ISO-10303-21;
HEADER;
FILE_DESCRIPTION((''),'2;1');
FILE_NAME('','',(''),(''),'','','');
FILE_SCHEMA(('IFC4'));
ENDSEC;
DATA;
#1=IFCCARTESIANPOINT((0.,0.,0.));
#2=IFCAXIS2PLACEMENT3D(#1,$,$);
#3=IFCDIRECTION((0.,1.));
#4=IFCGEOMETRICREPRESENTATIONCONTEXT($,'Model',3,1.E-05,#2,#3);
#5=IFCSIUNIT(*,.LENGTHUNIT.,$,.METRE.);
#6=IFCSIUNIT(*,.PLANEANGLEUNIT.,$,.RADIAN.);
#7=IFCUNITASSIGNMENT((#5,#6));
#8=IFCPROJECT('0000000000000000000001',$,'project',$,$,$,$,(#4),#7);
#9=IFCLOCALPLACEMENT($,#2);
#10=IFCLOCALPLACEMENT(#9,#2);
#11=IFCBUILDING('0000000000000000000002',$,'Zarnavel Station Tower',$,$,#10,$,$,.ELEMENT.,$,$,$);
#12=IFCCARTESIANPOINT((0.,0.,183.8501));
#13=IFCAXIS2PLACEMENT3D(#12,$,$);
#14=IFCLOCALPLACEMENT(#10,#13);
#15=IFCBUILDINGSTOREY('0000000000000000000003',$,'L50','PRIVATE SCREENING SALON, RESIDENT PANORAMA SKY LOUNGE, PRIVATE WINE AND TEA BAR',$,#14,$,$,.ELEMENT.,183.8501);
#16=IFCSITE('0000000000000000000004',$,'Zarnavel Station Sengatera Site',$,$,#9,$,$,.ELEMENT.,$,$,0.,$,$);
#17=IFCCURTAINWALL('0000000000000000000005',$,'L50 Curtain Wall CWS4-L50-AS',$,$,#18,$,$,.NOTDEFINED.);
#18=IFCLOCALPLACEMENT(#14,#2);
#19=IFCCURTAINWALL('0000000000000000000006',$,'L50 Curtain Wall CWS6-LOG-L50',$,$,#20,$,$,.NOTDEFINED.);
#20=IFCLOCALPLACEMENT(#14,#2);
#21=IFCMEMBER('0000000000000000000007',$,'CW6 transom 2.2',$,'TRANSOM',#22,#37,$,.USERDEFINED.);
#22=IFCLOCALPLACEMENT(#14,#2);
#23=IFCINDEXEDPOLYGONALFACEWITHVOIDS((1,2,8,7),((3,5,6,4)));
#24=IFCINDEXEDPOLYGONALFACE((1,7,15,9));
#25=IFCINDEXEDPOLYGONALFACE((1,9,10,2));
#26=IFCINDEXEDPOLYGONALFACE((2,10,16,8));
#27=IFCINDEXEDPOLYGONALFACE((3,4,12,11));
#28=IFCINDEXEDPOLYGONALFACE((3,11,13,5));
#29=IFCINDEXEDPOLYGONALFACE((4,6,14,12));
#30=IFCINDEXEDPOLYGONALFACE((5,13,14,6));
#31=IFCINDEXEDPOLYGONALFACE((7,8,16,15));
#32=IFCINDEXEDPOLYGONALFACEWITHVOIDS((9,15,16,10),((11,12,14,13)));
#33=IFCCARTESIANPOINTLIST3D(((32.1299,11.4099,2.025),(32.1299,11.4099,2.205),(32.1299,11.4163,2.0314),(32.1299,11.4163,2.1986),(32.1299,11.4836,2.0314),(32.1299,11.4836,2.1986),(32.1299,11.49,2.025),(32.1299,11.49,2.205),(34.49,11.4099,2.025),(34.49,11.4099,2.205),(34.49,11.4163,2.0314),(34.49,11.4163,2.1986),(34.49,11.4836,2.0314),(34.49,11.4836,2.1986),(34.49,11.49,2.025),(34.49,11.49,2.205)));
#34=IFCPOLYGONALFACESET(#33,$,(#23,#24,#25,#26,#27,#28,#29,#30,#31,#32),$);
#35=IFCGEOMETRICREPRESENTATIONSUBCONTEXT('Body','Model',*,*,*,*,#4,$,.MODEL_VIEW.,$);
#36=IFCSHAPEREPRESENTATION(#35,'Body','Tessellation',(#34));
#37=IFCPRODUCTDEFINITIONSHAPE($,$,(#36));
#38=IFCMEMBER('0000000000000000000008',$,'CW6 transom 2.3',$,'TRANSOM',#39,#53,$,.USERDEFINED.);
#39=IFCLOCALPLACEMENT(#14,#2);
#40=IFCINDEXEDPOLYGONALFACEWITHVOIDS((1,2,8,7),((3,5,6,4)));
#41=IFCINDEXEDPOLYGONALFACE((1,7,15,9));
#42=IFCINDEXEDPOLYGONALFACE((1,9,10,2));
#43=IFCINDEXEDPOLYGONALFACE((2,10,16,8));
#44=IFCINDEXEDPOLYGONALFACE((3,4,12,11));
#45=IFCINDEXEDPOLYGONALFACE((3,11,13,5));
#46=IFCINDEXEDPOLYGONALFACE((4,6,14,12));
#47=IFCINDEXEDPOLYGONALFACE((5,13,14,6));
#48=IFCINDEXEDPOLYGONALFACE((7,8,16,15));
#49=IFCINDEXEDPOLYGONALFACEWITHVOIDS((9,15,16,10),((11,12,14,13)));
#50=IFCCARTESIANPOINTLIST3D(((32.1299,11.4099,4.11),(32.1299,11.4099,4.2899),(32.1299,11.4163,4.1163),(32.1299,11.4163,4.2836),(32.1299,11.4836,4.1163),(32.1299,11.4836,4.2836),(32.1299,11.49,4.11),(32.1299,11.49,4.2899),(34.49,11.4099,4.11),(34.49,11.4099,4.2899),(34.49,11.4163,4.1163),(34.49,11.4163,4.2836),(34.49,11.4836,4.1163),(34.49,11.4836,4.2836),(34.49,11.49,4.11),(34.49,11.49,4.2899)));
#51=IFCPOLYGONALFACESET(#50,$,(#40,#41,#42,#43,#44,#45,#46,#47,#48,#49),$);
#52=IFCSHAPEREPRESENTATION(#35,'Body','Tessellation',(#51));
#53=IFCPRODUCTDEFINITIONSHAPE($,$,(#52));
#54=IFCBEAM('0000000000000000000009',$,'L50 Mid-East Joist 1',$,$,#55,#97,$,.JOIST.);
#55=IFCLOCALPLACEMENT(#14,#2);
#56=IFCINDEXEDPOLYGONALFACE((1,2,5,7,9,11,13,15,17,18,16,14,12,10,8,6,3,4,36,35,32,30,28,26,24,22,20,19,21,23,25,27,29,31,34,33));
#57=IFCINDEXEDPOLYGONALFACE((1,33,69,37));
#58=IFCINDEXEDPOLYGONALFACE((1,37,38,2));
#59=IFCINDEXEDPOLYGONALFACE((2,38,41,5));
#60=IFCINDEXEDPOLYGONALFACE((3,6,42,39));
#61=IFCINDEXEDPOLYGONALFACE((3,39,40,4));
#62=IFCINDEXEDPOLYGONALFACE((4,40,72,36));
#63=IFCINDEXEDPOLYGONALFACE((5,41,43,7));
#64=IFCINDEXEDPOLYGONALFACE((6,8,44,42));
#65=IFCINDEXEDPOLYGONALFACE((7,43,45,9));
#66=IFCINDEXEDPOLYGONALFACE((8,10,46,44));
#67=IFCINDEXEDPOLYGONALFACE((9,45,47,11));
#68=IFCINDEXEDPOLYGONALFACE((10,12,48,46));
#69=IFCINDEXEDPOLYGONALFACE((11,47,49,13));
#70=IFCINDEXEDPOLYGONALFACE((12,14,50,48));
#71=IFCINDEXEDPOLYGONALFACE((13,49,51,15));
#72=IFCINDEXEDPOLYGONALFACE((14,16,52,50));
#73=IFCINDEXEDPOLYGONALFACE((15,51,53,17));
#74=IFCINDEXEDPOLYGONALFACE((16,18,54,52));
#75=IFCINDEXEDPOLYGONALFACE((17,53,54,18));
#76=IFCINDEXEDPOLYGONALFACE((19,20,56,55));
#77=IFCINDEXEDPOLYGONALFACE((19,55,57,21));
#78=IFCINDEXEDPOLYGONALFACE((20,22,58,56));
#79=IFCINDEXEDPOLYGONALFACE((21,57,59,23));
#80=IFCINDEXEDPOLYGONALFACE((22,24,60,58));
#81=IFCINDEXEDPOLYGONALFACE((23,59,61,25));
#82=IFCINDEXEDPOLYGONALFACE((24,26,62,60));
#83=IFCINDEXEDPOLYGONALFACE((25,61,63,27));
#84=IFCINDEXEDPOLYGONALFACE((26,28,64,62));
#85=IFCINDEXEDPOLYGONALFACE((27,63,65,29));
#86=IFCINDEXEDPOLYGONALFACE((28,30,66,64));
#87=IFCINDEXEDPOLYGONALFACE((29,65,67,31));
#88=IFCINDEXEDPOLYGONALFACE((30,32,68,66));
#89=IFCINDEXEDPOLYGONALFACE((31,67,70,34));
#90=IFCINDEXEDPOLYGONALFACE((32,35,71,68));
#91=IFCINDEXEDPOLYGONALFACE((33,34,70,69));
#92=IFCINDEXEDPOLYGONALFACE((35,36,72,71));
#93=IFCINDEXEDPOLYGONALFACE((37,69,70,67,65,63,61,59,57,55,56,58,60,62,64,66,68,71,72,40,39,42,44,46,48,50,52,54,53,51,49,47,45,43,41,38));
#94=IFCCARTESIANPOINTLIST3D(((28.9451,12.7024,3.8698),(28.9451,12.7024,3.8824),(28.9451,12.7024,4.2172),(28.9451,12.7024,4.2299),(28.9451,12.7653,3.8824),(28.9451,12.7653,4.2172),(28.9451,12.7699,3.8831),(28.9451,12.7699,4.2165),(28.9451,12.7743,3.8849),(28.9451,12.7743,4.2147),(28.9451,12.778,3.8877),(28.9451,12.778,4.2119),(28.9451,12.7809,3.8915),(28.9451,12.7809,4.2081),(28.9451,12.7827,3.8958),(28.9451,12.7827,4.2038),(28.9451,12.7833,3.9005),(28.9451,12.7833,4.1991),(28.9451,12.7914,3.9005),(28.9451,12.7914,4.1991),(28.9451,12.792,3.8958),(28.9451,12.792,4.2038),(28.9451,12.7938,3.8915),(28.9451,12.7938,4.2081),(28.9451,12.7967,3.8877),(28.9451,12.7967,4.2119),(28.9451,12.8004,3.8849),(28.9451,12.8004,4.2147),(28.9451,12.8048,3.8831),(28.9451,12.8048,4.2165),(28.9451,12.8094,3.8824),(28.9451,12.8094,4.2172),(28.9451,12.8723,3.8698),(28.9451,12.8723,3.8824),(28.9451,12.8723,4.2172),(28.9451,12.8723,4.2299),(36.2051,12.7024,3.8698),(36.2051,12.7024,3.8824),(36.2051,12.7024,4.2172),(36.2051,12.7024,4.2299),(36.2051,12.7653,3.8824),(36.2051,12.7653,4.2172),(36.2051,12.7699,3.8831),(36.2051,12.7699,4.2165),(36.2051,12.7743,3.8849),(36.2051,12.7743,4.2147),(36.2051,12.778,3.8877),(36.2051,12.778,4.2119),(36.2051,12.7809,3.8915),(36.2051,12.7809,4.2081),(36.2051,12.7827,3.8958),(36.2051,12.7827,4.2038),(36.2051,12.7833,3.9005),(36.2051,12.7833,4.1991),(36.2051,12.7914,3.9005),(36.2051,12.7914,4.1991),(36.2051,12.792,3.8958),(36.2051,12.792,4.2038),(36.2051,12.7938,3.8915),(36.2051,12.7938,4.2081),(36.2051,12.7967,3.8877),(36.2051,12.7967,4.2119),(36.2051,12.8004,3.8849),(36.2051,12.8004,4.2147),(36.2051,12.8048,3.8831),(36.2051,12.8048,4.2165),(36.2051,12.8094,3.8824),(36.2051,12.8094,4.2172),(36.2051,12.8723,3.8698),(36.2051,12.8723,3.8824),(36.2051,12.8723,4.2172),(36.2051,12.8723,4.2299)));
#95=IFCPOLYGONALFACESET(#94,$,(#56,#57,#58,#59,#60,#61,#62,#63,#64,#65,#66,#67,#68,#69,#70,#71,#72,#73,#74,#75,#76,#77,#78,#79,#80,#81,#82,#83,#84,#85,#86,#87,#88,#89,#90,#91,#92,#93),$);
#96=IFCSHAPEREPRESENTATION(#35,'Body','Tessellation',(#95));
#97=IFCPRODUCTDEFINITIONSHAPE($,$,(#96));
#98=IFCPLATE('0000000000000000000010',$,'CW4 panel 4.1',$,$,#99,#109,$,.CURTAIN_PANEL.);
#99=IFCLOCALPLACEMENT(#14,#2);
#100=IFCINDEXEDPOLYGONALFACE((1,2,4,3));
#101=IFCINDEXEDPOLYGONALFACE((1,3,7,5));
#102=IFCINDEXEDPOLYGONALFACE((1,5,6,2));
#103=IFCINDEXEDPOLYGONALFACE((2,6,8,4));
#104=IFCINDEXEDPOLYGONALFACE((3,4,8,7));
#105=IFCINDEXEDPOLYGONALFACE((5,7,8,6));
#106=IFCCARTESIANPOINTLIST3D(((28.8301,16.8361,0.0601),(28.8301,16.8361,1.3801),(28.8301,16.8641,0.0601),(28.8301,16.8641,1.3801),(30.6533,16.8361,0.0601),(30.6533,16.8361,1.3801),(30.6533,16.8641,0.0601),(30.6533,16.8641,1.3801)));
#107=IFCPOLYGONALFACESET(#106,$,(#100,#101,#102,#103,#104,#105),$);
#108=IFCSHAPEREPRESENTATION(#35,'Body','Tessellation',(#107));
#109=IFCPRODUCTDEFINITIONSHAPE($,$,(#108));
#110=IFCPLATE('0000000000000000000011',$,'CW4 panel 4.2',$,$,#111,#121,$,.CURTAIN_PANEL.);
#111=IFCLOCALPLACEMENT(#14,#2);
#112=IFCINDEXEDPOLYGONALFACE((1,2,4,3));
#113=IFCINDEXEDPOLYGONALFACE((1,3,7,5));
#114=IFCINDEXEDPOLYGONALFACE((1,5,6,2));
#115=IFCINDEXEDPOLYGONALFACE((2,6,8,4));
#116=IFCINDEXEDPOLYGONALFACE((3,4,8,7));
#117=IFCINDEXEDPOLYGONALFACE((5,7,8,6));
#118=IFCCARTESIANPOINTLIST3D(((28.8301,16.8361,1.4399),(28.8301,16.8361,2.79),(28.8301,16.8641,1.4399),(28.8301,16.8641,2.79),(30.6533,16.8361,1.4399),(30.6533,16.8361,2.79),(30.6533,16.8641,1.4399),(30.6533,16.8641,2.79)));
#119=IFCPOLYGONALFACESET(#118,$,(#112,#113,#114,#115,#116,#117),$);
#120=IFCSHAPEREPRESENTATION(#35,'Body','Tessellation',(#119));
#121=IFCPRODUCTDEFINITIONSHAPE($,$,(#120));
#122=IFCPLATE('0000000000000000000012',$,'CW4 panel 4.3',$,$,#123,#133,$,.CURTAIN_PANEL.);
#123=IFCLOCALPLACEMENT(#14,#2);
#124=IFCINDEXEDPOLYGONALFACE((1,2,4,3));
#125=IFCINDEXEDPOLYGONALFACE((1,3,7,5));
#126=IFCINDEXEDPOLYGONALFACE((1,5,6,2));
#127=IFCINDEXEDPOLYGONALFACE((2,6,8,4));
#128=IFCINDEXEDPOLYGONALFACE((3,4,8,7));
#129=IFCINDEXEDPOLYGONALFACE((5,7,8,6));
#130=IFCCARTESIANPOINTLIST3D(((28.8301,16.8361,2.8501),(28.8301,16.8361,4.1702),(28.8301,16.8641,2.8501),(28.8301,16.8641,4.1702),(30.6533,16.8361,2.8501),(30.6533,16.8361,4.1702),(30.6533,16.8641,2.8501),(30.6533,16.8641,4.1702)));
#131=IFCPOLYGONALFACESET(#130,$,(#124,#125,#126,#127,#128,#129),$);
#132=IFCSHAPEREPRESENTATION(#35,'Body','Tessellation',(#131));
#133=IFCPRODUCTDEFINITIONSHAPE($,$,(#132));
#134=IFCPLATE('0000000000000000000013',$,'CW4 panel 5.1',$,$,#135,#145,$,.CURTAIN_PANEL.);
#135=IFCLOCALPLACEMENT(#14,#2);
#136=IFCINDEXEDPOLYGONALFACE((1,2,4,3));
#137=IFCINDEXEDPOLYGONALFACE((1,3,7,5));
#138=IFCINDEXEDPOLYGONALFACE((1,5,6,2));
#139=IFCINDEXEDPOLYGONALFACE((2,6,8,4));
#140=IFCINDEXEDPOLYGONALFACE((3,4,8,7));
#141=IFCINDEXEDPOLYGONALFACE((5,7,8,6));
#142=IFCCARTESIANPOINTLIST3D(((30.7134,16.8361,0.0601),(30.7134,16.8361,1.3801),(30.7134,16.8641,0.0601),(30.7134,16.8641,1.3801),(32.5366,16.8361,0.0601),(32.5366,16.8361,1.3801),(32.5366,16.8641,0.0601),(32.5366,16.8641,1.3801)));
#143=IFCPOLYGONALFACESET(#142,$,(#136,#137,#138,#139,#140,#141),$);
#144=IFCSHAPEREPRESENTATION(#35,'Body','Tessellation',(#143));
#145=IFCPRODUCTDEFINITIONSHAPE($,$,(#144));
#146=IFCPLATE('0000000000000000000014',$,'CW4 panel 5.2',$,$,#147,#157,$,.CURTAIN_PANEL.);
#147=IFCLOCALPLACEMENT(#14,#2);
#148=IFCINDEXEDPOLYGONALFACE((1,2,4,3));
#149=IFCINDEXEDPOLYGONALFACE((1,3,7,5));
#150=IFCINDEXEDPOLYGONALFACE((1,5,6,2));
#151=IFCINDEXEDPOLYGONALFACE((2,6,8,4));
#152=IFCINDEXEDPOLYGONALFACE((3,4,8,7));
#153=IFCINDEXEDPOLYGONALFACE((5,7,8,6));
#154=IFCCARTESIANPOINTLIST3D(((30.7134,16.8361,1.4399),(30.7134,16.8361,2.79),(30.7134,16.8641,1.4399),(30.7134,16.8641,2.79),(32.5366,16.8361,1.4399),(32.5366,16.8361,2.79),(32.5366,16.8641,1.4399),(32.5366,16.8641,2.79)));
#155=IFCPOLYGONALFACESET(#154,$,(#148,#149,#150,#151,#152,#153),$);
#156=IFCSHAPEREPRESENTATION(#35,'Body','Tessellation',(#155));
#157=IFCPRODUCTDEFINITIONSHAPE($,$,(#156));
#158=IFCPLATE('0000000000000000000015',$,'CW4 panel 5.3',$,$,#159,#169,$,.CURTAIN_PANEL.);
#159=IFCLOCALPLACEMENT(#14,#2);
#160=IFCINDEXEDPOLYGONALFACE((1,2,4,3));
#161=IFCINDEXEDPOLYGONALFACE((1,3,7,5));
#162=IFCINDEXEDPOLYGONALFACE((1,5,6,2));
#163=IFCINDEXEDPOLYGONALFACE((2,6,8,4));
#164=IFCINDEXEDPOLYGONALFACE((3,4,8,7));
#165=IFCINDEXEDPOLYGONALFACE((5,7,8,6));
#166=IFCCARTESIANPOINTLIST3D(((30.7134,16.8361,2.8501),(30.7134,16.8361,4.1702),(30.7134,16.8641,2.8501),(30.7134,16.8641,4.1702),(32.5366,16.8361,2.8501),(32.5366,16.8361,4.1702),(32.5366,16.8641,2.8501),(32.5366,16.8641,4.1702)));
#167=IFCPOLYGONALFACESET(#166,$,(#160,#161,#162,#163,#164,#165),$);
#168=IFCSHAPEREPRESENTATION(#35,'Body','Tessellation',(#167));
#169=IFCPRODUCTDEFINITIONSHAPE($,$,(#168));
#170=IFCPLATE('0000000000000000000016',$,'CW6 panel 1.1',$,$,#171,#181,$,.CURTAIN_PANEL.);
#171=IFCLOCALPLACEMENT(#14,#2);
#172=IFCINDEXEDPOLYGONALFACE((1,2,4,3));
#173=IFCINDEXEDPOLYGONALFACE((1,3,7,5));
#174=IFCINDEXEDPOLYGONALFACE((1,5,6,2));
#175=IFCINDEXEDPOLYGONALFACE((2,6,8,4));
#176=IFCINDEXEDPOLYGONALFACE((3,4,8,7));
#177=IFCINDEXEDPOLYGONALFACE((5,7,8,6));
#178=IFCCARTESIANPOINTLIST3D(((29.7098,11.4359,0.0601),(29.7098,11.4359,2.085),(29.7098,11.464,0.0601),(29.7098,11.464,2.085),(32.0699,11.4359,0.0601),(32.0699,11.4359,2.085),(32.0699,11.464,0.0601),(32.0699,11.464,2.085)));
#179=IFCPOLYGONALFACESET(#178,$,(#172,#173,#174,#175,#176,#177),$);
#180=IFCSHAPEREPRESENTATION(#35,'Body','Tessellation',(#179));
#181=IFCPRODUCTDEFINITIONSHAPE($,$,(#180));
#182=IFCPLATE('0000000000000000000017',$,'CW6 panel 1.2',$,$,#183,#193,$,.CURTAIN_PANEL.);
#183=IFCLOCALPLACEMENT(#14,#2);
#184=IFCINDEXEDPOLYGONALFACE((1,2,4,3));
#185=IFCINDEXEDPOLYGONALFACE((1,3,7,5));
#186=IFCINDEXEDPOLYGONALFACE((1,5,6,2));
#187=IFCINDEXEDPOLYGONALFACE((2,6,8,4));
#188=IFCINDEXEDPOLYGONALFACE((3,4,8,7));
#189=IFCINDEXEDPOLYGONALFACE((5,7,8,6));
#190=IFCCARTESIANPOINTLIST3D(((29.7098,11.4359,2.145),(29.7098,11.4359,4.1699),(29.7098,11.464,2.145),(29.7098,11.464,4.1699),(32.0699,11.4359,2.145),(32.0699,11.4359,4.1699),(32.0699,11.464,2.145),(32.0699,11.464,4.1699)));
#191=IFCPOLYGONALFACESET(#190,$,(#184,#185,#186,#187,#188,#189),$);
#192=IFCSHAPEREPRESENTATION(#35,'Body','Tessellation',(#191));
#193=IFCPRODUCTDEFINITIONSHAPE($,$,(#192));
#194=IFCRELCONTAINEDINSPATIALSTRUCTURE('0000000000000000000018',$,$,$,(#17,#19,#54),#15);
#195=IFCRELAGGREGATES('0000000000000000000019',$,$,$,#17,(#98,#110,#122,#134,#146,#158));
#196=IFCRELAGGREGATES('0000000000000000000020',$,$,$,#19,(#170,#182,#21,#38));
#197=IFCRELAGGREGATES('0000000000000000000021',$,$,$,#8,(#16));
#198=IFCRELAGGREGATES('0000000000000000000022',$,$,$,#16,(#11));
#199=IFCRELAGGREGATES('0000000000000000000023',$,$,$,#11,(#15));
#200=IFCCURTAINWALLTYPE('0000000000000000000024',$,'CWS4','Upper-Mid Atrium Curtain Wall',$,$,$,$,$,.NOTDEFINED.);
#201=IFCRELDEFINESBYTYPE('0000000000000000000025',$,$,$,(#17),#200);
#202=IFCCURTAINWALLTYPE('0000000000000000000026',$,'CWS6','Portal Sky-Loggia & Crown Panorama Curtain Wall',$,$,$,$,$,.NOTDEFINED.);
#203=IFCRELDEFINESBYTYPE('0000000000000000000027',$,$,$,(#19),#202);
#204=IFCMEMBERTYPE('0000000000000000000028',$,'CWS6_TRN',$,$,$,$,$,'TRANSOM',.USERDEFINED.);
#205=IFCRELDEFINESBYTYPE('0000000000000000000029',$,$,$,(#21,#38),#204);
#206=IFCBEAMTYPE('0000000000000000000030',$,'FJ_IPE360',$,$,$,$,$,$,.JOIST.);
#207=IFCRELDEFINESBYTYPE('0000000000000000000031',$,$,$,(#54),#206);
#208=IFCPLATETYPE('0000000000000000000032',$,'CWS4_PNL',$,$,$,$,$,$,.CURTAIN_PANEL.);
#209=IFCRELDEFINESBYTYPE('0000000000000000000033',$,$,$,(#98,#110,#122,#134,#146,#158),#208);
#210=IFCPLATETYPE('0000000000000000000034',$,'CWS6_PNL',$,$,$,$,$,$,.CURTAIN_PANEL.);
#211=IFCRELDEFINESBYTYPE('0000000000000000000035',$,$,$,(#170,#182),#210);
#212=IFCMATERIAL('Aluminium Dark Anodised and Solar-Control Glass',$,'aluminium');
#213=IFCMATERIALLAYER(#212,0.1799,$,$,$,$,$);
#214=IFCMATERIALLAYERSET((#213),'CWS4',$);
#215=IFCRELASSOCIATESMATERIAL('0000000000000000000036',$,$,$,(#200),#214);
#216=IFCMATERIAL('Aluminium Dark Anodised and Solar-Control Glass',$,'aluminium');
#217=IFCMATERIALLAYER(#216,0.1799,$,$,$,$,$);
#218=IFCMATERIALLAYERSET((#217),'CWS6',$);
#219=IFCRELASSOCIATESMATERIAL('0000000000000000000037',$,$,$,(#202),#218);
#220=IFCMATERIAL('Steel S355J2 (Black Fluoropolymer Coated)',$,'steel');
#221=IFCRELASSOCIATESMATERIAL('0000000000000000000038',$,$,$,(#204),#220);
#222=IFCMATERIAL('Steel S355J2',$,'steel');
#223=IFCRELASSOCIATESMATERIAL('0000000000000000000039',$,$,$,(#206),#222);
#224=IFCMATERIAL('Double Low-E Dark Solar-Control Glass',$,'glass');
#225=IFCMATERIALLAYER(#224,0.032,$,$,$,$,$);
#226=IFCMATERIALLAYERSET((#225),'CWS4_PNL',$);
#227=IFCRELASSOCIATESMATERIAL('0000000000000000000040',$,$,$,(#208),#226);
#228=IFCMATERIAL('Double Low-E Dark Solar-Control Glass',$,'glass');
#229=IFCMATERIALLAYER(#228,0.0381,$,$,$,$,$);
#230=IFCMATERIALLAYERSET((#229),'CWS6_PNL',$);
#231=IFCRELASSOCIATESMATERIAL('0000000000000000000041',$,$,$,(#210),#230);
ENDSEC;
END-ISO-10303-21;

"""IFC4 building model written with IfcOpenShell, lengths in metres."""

from ifc_helpers import new_model, si_unit, direction, frame, origin, origin_2d, place, context, subcontext, project, spatial, rectangle, hollow_rectangle, i_section, extrude, material, layer, layer_set, material_profile, profile_set, type_object, element, aggregate, save


model = new_model("IFC4")

# Units and contexts
model_context = context("Model", 3, precision=1e-05, world=origin(), true_north=direction((0.0, 1.0)))
body_context = subcontext(model_context, "Body", "Model", "MODEL_VIEW")
ifc_project = project(units=[si_unit("LENGTHUNIT", "METRE"), si_unit("PLANEANGLEUNIT", "RADIAN")], contexts=[model_context])

# Site, building, storey
site_placement = place(None, origin())
site = spatial("IfcSite", under=ifc_project, at=site_placement, Name="Zarnavel Station Sengatera Site", CompositionType="ELEMENT", RefElevation=0.0)
building_placement = place(site_placement, origin())
building = spatial("IfcBuilding", under=site, at=building_placement, Name="Zarnavel Station Tower", CompositionType="ELEMENT")
storey_placement = place(building_placement, frame((0.0, 0.0, 183.8501)))
storey = spatial("IfcBuildingStorey", under=building, at=storey_placement, Name="L50", Description="PRIVATE SCREENING SALON, RESIDENT PANORAMA SKY LOUNGE, PRIVATE WINE AND TEA BAR", CompositionType="ELEMENT", Elevation=183.8501)

# Curtain walls, members
ifc_material_1 = material(Name="Aluminium Dark Anodised and Solar-Control Glass", Category="aluminium")
ifc_layer_1 = layer(ifc_material_1, 0.1799)
ifc_layer_set_1 = layer_set([ifc_layer_1], Name="CWS4")
curtain_wall_type_1 = type_object("IfcCurtainWallType", Name="CWS4", Description="Upper-Mid Atrium Curtain Wall", PredefinedType="NOTDEFINED", material=ifc_layer_set_1)
curtain_wall_1_placement = place(storey_placement, origin())
curtain_wall_1 = element("IfcCurtainWall", 1, at=curtain_wall_1_placement, inside=storey, type_object=curtain_wall_type_1, Name="L50 Curtain Wall CWS4-L50-AS", PredefinedType="NOTDEFINED")
ifc_material_2 = material(Name="Aluminium Dark Anodised and Solar-Control Glass", Category="aluminium")
ifc_layer_2 = layer(ifc_material_2, 0.1799)
ifc_layer_set_2 = layer_set([ifc_layer_2], Name="CWS6")
curtain_wall_type_2 = type_object("IfcCurtainWallType", Name="CWS6", Description="Portal Sky-Loggia & Crown Panorama Curtain Wall", PredefinedType="NOTDEFINED", material=ifc_layer_set_2)
curtain_wall_2_placement = place(storey_placement, origin())
curtain_wall_2 = element("IfcCurtainWall", 2, at=curtain_wall_2_placement, inside=storey, type_object=curtain_wall_type_2, Name="L50 Curtain Wall CWS6-LOG-L50", PredefinedType="NOTDEFINED")
ifc_material_3 = material(Name="Steel S355J2 (Black Fluoropolymer Coated)", Category="steel")
ifc_material_profile_1 = material_profile(ifc_material_3, hollow_rectangle(XDim=0.0801, YDim=0.1799, WallThickness=0.0063, at=origin_2d()), Name="RHS180x80x6.3")
ifc_profile_set_1 = profile_set([ifc_material_profile_1], Name="Steel S355J2 (Black Fluoropolymer Coated)")
member_type_1 = type_object("IfcMemberType", Name="CWS6_TRN", ElementType="TRANSOM", PredefinedType="USERDEFINED", material=ifc_profile_set_1)
member_1_placement = place(storey_placement, frame((32.1299, 11.45, 2.115), z_axis=(1.0, 0.0, 0.0), x_axis=(0.0, 1.0, 0.0)))
member_1 = element("IfcMember", 3, at=member_1_placement, type_object=member_type_1, Name="CW6 transom 2.2", ObjectType="TRANSOM", PredefinedType="USERDEFINED", context=body_context, shape_type="SweptSolid", body=[
    extrude(hollow_rectangle(XDim=0.0801, YDim=0.1799, WallThickness=0.0063, at=origin_2d()), origin(), (0.0, 0.0, 1.0), 2.3601),
])
member_2_placement = place(storey_placement, frame((32.1299, 11.45, 4.2), z_axis=(1.0, 0.0, 0.0), x_axis=(0.0, 1.0, 0.0)))
member_2 = element("IfcMember", 4, at=member_2_placement, type_object=member_type_1, Name="CW6 transom 2.3", ObjectType="TRANSOM", PredefinedType="USERDEFINED", context=body_context, shape_type="SweptSolid", body=[
    extrude(hollow_rectangle(XDim=0.0801, YDim=0.1799, WallThickness=0.0063, at=origin_2d()), origin(), (0.0, 0.0, 1.0), 2.3601),
])

# Beam
ifc_material_4 = material(Name="Steel S355J2", Category="steel")
ifc_material_profile_2 = material_profile(ifc_material_4, i_section(OverallWidth=0.1699, OverallDepth=0.3601, WebThickness=0.0081, FlangeThickness=0.0127, FilletRadius=0.0181, at=origin_2d()), Name="IPE360")
ifc_profile_set_2 = profile_set([ifc_material_profile_2], Name="Steel S355J2")
beam_type = type_object("IfcBeamType", Name="FJ_IPE360", PredefinedType="JOIST", material=ifc_profile_set_2)
beam_placement = place(storey_placement, frame((28.9451, 12.7874, 4.0498), z_axis=(1.0, 0.0, 0.0), x_axis=(0.0, 1.0, 0.0)))
element("IfcBeam", 5, at=beam_placement, inside=storey, type_object=beam_type, Name="L50 Mid-East Joist 1", PredefinedType="JOIST", context=body_context, shape_type="SweptSolid", body=[
    extrude(i_section(OverallWidth=0.1699, OverallDepth=0.3601, WebThickness=0.0081, FlangeThickness=0.0127, FilletRadius=0.0181, at=origin_2d()), origin(), (0.0, 0.0, 1.0), 7.26),
])

# Plates
ifc_material_5 = material(Name="Double Low-E Dark Solar-Control Glass", Category="glass")
ifc_layer_3 = layer(ifc_material_5, 0.032)
ifc_layer_set_3 = layer_set([ifc_layer_3], Name="CWS4_PNL")
plate_type_1 = type_object("IfcPlateType", Name="CWS4_PNL", PredefinedType="CURTAIN_PANEL", material=ifc_layer_set_3)
plate_1_placement = place(storey_placement, frame((29.7417, 16.8501, 0.0601), z_axis=(0.0, 0.0, 1.0), x_axis=(1.0, 0.0, 0.0)))
plate_1 = element("IfcPlate", 6, at=plate_1_placement, type_object=plate_type_1, Name="CW4 panel 4.1", PredefinedType="CURTAIN_PANEL", context=body_context, shape_type="SweptSolid", body=[
    extrude(rectangle(XDim=1.8232, YDim=0.0281, at=origin_2d()), origin(), (0.0, 0.0, 1.0), 1.3201),
])
plate_2_placement = place(storey_placement, frame((29.7417, 16.8501, 1.4399), z_axis=(0.0, 0.0, 1.0), x_axis=(1.0, 0.0, 0.0)))
plate_2 = element("IfcPlate", 7, at=plate_2_placement, type_object=plate_type_1, Name="CW4 panel 4.2", PredefinedType="CURTAIN_PANEL", context=body_context, shape_type="SweptSolid", body=[
    extrude(rectangle(XDim=1.8232, YDim=0.0281, at=origin_2d()), origin(), (0.0, 0.0, 1.0), 1.3501),
])
plate_3_placement = place(storey_placement, frame((29.7417, 16.8501, 2.8501), z_axis=(0.0, 0.0, 1.0), x_axis=(1.0, 0.0, 0.0)))
plate_3 = element("IfcPlate", 8, at=plate_3_placement, type_object=plate_type_1, Name="CW4 panel 4.3", PredefinedType="CURTAIN_PANEL", context=body_context, shape_type="SweptSolid", body=[
    extrude(rectangle(XDim=1.8232, YDim=0.0281, at=origin_2d()), origin(), (0.0, 0.0, 1.0), 1.3201),
])
plate_4_placement = place(storey_placement, frame((31.625, 16.8501, 0.0601), z_axis=(0.0, 0.0, 1.0), x_axis=(1.0, 0.0, 0.0)))
plate_4 = element("IfcPlate", 9, at=plate_4_placement, type_object=plate_type_1, Name="CW4 panel 5.1", PredefinedType="CURTAIN_PANEL", context=body_context, shape_type="SweptSolid", body=[
    extrude(rectangle(XDim=1.8232, YDim=0.0281, at=origin_2d()), origin(), (0.0, 0.0, 1.0), 1.3201),
])
plate_5_placement = place(storey_placement, frame((31.625, 16.8501, 1.4399), z_axis=(0.0, 0.0, 1.0), x_axis=(1.0, 0.0, 0.0)))
plate_5 = element("IfcPlate", 10, at=plate_5_placement, type_object=plate_type_1, Name="CW4 panel 5.2", PredefinedType="CURTAIN_PANEL", context=body_context, shape_type="SweptSolid", body=[
    extrude(rectangle(XDim=1.8232, YDim=0.0281, at=origin_2d()), origin(), (0.0, 0.0, 1.0), 1.3501),
])
plate_6_placement = place(storey_placement, frame((31.625, 16.8501, 2.8501), z_axis=(0.0, 0.0, 1.0), x_axis=(1.0, 0.0, 0.0)))
plate_6 = element("IfcPlate", 11, at=plate_6_placement, type_object=plate_type_1, Name="CW4 panel 5.3", PredefinedType="CURTAIN_PANEL", context=body_context, shape_type="SweptSolid", body=[
    extrude(rectangle(XDim=1.8232, YDim=0.0281, at=origin_2d()), origin(), (0.0, 0.0, 1.0), 1.3201),
])
aggregate(curtain_wall_1, [plate_1, plate_2, plate_3, plate_4, plate_5, plate_6])
ifc_material_6 = material(Name="Double Low-E Dark Solar-Control Glass", Category="glass")
ifc_layer_4 = layer(ifc_material_6, 0.0381)
ifc_layer_set_4 = layer_set([ifc_layer_4], Name="CWS6_PNL")
plate_type_2 = type_object("IfcPlateType", Name="CWS6_PNL", PredefinedType="CURTAIN_PANEL", material=ifc_layer_set_4)
plate_7_placement = place(storey_placement, frame((30.8899, 11.45, 0.0601), z_axis=(0.0, 0.0, 1.0), x_axis=(1.0, 0.0, 0.0)))
plate_7 = element("IfcPlate", 12, at=plate_7_placement, type_object=plate_type_2, Name="CW6 panel 1.1", PredefinedType="CURTAIN_PANEL", context=body_context, shape_type="SweptSolid", body=[
    extrude(rectangle(XDim=2.3601, YDim=0.0281, at=origin_2d()), origin(), (0.0, 0.0, 1.0), 2.0249),
])
plate_8_placement = place(storey_placement, frame((30.8899, 11.45, 2.145), z_axis=(0.0, 0.0, 1.0), x_axis=(1.0, 0.0, 0.0)))
plate_8 = element("IfcPlate", 13, at=plate_8_placement, type_object=plate_type_2, Name="CW6 panel 1.2", PredefinedType="CURTAIN_PANEL", context=body_context, shape_type="SweptSolid", body=[
    extrude(rectangle(XDim=2.3601, YDim=0.0281, at=origin_2d()), origin(), (0.0, 0.0, 1.0), 2.0249),
])
aggregate(curtain_wall_2, [plate_7, plate_8, member_1, member_2])

save(model, "model.ifc")
